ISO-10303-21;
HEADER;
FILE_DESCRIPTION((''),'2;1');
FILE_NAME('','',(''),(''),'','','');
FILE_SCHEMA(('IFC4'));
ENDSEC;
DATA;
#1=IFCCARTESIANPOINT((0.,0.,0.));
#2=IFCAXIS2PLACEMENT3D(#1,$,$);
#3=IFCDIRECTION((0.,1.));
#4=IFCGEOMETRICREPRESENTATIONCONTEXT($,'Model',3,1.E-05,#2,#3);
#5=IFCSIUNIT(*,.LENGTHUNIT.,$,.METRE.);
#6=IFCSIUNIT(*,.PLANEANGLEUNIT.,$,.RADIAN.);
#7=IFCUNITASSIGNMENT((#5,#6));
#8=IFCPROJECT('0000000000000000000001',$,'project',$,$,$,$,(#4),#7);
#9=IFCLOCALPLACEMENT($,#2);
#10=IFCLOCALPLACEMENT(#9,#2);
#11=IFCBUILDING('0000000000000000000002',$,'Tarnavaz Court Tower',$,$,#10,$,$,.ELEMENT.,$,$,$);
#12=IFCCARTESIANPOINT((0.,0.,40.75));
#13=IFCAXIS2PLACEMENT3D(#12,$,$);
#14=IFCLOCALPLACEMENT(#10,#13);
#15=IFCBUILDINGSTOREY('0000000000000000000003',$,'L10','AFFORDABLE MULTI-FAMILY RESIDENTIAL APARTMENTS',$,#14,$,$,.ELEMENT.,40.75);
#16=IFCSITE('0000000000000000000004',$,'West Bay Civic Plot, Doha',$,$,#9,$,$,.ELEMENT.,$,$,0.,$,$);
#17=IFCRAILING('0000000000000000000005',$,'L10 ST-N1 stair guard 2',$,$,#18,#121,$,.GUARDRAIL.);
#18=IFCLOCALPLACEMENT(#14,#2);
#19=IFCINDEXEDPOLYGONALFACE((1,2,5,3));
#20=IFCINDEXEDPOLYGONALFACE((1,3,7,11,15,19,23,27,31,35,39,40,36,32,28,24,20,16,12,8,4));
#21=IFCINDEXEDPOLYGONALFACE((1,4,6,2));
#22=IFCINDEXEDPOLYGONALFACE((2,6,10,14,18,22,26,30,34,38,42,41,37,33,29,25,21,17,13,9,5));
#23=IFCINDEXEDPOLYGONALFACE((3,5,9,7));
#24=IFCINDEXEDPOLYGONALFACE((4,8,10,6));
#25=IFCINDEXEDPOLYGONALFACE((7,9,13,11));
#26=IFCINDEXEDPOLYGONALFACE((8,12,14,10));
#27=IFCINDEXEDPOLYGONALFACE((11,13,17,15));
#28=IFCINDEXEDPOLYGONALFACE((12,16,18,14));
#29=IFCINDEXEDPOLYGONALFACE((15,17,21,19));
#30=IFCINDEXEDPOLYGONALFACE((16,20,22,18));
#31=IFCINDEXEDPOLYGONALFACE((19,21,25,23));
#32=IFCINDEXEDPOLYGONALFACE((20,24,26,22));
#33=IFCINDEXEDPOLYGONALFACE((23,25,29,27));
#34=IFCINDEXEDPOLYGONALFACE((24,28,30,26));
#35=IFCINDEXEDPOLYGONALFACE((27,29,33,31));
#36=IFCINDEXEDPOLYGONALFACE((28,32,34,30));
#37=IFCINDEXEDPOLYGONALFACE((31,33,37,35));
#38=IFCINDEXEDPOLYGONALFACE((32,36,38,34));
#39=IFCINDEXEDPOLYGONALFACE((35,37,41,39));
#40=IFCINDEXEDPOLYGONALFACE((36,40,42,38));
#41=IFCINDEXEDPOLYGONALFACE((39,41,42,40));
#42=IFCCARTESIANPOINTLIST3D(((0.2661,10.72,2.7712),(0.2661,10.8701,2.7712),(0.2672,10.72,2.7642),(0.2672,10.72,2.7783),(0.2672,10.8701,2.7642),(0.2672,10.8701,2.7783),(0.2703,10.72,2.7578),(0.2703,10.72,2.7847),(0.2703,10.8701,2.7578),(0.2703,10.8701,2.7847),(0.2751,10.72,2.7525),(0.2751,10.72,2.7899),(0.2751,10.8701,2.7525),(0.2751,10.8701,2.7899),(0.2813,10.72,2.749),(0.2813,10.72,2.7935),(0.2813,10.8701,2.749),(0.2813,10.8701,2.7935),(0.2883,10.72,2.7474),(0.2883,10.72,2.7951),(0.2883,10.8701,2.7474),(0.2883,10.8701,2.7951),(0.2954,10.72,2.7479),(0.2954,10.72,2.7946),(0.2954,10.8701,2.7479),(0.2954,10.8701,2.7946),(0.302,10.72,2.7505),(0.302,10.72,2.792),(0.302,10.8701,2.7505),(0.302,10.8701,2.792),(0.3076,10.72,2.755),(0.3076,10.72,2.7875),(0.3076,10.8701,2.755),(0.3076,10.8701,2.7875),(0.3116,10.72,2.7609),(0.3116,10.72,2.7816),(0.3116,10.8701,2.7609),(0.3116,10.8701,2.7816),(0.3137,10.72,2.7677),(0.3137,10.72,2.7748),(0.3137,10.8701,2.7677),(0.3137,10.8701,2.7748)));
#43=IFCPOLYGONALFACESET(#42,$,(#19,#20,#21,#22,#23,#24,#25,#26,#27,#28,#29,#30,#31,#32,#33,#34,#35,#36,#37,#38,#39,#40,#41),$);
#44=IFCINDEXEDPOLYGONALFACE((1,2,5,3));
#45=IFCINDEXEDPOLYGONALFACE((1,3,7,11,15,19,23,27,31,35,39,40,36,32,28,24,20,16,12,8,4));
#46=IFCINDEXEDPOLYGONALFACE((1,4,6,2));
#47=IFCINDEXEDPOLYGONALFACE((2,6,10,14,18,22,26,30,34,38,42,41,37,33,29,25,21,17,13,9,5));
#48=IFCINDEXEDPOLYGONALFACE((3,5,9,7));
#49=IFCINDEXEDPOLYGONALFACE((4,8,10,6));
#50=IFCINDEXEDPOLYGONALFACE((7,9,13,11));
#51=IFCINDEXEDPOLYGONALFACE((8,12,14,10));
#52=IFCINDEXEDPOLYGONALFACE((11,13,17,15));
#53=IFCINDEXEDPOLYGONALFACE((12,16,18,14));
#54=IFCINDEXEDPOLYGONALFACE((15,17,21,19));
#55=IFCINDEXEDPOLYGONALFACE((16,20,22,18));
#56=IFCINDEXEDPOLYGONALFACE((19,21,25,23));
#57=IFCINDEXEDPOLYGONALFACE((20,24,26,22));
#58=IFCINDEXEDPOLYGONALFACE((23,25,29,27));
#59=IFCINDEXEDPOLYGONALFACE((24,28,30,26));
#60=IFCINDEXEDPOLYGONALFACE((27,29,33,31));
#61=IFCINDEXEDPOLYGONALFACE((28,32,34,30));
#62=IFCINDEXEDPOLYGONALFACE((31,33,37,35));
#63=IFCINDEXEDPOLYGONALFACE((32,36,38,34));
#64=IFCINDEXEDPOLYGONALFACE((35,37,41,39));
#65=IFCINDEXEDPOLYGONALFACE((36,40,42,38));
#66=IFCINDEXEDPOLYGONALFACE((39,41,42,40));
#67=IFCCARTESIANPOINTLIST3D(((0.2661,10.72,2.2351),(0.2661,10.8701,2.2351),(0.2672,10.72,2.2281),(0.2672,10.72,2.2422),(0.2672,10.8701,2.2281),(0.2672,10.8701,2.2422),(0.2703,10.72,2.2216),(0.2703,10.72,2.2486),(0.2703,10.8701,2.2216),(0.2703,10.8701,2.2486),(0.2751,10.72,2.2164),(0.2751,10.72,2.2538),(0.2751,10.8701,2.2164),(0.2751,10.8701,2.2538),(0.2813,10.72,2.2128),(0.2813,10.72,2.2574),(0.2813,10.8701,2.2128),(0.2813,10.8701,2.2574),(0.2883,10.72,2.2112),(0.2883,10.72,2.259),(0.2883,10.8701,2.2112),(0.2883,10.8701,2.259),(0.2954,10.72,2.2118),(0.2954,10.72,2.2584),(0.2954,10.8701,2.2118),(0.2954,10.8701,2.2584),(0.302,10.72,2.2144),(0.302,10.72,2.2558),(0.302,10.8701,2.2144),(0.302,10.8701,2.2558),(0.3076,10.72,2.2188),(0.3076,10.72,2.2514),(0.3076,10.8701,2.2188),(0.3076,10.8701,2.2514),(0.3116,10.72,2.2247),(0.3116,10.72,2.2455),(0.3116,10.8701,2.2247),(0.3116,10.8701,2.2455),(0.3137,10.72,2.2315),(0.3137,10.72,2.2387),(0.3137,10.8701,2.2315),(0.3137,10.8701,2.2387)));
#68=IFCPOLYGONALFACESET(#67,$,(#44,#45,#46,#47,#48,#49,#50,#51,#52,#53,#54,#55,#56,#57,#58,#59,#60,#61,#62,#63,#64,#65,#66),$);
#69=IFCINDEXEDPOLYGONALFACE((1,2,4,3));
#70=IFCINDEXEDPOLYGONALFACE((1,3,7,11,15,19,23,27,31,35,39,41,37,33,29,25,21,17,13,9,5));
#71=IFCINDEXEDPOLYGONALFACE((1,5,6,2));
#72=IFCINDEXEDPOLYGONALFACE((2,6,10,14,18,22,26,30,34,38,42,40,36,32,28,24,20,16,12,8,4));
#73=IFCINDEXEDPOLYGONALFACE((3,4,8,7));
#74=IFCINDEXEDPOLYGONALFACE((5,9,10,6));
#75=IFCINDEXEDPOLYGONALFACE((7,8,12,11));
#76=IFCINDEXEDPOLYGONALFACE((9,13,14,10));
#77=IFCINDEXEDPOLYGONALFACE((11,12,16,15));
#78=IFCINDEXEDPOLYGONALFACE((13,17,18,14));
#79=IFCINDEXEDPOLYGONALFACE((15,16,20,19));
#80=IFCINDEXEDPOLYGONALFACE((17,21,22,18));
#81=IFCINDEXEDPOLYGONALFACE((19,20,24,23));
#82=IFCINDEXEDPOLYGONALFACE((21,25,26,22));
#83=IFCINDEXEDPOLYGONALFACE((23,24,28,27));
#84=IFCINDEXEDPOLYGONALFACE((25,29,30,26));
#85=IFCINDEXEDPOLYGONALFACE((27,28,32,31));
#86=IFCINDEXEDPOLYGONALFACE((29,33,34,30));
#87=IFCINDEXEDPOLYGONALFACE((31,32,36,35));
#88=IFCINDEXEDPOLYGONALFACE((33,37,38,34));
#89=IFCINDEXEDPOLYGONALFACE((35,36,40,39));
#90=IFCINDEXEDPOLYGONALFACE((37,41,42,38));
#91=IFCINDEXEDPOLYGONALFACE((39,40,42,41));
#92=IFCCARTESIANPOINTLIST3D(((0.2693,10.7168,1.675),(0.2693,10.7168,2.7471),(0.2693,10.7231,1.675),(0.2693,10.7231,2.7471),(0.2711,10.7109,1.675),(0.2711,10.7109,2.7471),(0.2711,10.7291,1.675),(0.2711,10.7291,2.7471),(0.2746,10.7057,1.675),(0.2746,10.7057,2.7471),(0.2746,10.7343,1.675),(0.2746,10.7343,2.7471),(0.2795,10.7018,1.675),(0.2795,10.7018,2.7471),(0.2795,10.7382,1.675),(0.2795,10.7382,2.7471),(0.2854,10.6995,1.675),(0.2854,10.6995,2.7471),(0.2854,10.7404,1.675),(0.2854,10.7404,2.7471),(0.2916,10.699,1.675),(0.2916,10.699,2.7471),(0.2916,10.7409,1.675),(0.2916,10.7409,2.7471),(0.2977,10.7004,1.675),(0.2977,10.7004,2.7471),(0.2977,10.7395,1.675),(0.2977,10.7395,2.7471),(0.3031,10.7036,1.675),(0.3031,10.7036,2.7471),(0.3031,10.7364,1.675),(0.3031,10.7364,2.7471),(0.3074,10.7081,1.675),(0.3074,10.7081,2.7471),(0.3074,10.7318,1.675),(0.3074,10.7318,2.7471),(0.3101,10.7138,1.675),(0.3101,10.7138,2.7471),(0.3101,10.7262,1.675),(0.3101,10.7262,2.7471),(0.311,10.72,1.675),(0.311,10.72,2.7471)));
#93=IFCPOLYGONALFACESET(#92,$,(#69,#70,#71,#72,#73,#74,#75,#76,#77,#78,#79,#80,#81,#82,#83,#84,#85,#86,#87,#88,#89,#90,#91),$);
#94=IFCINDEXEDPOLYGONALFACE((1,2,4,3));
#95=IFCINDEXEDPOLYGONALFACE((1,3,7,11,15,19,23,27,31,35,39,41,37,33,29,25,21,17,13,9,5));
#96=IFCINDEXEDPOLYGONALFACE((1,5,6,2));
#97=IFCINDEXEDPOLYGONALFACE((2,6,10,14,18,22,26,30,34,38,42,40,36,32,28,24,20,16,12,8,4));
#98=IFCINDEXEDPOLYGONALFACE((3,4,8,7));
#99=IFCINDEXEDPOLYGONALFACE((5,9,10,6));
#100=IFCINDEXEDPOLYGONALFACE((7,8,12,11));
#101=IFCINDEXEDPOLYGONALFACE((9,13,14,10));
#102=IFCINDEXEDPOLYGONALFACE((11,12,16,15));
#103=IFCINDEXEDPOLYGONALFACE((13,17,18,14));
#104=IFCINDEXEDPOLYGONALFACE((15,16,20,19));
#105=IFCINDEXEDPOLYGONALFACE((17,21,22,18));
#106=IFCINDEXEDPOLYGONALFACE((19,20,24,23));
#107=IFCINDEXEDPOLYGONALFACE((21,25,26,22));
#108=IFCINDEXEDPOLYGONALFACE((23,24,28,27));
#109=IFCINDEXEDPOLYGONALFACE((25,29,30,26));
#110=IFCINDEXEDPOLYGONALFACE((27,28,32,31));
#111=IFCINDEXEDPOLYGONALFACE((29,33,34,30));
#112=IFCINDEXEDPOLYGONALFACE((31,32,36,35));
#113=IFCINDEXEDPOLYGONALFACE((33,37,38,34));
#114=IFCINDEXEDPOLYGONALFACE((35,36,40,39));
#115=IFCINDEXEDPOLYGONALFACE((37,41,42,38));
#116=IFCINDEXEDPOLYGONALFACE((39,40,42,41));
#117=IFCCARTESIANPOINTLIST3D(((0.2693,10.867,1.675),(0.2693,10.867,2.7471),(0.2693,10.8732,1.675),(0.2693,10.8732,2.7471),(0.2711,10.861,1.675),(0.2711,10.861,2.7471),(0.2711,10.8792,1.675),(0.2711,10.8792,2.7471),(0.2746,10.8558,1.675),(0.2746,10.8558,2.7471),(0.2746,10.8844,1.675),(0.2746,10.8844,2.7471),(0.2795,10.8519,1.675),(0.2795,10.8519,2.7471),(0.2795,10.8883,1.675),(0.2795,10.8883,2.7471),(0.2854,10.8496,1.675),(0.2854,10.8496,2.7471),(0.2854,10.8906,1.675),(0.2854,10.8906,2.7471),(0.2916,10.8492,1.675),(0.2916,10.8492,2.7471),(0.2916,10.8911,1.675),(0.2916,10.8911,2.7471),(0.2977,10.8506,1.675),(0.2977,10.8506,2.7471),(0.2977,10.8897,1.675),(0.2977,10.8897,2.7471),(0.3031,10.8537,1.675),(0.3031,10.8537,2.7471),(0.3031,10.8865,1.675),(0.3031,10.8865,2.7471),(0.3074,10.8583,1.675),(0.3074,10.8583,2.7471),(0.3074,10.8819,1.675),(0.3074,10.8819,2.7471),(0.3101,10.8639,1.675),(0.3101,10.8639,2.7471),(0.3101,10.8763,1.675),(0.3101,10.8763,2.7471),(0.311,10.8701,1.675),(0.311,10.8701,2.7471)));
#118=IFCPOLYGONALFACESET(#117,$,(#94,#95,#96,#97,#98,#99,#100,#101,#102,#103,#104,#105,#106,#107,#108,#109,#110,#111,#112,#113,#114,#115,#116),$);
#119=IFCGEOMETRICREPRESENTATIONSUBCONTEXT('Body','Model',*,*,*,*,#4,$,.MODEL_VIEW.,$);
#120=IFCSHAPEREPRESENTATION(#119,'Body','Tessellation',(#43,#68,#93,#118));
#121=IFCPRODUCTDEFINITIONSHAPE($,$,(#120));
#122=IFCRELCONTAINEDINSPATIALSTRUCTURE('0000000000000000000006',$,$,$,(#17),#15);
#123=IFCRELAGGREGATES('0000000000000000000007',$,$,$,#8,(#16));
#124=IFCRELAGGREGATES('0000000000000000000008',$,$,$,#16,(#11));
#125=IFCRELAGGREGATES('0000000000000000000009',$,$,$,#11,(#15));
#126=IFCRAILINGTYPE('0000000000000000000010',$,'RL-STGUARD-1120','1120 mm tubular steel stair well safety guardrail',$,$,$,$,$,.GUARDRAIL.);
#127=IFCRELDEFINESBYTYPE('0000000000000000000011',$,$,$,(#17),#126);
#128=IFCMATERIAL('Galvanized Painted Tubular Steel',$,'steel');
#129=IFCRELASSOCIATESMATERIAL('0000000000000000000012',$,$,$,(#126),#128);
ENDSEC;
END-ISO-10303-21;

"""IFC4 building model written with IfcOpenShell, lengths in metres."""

from ifc_helpers import new_model, si_unit, direction, frame, origin, origin_2d, place, context, subcontext, project, spatial, circle, extrude, material, type_object, element, save


model = new_model("IFC4")

# Units and contexts
model_context = context("Model", 3, precision=1e-05, world=origin(), true_north=direction((0.0, 1.0)))
body_context = subcontext(model_context, "Body", "Model", "MODEL_VIEW")
ifc_project = project(units=[si_unit("LENGTHUNIT", "METRE"), si_unit("PLANEANGLEUNIT", "RADIAN")], contexts=[model_context])

# Site, building, storey
site_placement = place(None, origin())
site = spatial("IfcSite", under=ifc_project, at=site_placement, Name="West Bay Civic Plot, Doha", CompositionType="ELEMENT", RefElevation=0.0)
building_placement = place(site_placement, origin())
building = spatial("IfcBuilding", under=site, at=building_placement, Name="Tarnavaz Court Tower", CompositionType="ELEMENT")
storey_placement = place(building_placement, frame((0.0, 0.0, 40.75)))
storey = spatial("IfcBuildingStorey", under=building, at=storey_placement, Name="L10", Description="AFFORDABLE MULTI-FAMILY RESIDENTIAL APARTMENTS", CompositionType="ELEMENT", Elevation=40.75)

# Railing
ifc_material_1 = material(Name="Galvanized Painted Tubular Steel", Category="steel")
railing_type_1 = type_object("IfcRailingType", Name="RL-STGUARD-1120", Description="1120 mm tubular steel stair well safety guardrail", PredefinedType="GUARDRAIL", material=ifc_material_1)
railing_1_placement = place(storey_placement, frame((0.29, 10.72, 1.675)))
element("IfcRailing", 1, at=railing_1_placement, inside=storey, type_object=railing_type_1, Name="L10 ST-N1 stair guard 2", PredefinedType="GUARDRAIL", context=body_context, shape_type="SweptSolid", body=[
    extrude(circle(Radius=0.0239, at=origin_2d()), frame((0.0, 0.0, 1.0962), z_axis=(0.0, 1.0, 0.0), x_axis=(-1.0, 0.0, 0.0)), (0.0, 0.0, 1.0), 0.1501),
    extrude(circle(Radius=0.0239, at=origin_2d()), frame((0.0, 0.0, 0.5601), z_axis=(0.0, 1.0, 0.0), x_axis=(-1.0, 0.0, 0.0)), (0.0, 0.0, 1.0), 0.1501),
    extrude(circle(Radius=0.021, at=origin_2d()), origin(), (0.0, 0.0, 1.0), 1.072),
    extrude(circle(Radius=0.021, at=origin_2d()), frame((0.0, 0.1501, 0.0)), (0.0, 0.0, 1.0), 1.072),
])

save(model, "model.ifc")
